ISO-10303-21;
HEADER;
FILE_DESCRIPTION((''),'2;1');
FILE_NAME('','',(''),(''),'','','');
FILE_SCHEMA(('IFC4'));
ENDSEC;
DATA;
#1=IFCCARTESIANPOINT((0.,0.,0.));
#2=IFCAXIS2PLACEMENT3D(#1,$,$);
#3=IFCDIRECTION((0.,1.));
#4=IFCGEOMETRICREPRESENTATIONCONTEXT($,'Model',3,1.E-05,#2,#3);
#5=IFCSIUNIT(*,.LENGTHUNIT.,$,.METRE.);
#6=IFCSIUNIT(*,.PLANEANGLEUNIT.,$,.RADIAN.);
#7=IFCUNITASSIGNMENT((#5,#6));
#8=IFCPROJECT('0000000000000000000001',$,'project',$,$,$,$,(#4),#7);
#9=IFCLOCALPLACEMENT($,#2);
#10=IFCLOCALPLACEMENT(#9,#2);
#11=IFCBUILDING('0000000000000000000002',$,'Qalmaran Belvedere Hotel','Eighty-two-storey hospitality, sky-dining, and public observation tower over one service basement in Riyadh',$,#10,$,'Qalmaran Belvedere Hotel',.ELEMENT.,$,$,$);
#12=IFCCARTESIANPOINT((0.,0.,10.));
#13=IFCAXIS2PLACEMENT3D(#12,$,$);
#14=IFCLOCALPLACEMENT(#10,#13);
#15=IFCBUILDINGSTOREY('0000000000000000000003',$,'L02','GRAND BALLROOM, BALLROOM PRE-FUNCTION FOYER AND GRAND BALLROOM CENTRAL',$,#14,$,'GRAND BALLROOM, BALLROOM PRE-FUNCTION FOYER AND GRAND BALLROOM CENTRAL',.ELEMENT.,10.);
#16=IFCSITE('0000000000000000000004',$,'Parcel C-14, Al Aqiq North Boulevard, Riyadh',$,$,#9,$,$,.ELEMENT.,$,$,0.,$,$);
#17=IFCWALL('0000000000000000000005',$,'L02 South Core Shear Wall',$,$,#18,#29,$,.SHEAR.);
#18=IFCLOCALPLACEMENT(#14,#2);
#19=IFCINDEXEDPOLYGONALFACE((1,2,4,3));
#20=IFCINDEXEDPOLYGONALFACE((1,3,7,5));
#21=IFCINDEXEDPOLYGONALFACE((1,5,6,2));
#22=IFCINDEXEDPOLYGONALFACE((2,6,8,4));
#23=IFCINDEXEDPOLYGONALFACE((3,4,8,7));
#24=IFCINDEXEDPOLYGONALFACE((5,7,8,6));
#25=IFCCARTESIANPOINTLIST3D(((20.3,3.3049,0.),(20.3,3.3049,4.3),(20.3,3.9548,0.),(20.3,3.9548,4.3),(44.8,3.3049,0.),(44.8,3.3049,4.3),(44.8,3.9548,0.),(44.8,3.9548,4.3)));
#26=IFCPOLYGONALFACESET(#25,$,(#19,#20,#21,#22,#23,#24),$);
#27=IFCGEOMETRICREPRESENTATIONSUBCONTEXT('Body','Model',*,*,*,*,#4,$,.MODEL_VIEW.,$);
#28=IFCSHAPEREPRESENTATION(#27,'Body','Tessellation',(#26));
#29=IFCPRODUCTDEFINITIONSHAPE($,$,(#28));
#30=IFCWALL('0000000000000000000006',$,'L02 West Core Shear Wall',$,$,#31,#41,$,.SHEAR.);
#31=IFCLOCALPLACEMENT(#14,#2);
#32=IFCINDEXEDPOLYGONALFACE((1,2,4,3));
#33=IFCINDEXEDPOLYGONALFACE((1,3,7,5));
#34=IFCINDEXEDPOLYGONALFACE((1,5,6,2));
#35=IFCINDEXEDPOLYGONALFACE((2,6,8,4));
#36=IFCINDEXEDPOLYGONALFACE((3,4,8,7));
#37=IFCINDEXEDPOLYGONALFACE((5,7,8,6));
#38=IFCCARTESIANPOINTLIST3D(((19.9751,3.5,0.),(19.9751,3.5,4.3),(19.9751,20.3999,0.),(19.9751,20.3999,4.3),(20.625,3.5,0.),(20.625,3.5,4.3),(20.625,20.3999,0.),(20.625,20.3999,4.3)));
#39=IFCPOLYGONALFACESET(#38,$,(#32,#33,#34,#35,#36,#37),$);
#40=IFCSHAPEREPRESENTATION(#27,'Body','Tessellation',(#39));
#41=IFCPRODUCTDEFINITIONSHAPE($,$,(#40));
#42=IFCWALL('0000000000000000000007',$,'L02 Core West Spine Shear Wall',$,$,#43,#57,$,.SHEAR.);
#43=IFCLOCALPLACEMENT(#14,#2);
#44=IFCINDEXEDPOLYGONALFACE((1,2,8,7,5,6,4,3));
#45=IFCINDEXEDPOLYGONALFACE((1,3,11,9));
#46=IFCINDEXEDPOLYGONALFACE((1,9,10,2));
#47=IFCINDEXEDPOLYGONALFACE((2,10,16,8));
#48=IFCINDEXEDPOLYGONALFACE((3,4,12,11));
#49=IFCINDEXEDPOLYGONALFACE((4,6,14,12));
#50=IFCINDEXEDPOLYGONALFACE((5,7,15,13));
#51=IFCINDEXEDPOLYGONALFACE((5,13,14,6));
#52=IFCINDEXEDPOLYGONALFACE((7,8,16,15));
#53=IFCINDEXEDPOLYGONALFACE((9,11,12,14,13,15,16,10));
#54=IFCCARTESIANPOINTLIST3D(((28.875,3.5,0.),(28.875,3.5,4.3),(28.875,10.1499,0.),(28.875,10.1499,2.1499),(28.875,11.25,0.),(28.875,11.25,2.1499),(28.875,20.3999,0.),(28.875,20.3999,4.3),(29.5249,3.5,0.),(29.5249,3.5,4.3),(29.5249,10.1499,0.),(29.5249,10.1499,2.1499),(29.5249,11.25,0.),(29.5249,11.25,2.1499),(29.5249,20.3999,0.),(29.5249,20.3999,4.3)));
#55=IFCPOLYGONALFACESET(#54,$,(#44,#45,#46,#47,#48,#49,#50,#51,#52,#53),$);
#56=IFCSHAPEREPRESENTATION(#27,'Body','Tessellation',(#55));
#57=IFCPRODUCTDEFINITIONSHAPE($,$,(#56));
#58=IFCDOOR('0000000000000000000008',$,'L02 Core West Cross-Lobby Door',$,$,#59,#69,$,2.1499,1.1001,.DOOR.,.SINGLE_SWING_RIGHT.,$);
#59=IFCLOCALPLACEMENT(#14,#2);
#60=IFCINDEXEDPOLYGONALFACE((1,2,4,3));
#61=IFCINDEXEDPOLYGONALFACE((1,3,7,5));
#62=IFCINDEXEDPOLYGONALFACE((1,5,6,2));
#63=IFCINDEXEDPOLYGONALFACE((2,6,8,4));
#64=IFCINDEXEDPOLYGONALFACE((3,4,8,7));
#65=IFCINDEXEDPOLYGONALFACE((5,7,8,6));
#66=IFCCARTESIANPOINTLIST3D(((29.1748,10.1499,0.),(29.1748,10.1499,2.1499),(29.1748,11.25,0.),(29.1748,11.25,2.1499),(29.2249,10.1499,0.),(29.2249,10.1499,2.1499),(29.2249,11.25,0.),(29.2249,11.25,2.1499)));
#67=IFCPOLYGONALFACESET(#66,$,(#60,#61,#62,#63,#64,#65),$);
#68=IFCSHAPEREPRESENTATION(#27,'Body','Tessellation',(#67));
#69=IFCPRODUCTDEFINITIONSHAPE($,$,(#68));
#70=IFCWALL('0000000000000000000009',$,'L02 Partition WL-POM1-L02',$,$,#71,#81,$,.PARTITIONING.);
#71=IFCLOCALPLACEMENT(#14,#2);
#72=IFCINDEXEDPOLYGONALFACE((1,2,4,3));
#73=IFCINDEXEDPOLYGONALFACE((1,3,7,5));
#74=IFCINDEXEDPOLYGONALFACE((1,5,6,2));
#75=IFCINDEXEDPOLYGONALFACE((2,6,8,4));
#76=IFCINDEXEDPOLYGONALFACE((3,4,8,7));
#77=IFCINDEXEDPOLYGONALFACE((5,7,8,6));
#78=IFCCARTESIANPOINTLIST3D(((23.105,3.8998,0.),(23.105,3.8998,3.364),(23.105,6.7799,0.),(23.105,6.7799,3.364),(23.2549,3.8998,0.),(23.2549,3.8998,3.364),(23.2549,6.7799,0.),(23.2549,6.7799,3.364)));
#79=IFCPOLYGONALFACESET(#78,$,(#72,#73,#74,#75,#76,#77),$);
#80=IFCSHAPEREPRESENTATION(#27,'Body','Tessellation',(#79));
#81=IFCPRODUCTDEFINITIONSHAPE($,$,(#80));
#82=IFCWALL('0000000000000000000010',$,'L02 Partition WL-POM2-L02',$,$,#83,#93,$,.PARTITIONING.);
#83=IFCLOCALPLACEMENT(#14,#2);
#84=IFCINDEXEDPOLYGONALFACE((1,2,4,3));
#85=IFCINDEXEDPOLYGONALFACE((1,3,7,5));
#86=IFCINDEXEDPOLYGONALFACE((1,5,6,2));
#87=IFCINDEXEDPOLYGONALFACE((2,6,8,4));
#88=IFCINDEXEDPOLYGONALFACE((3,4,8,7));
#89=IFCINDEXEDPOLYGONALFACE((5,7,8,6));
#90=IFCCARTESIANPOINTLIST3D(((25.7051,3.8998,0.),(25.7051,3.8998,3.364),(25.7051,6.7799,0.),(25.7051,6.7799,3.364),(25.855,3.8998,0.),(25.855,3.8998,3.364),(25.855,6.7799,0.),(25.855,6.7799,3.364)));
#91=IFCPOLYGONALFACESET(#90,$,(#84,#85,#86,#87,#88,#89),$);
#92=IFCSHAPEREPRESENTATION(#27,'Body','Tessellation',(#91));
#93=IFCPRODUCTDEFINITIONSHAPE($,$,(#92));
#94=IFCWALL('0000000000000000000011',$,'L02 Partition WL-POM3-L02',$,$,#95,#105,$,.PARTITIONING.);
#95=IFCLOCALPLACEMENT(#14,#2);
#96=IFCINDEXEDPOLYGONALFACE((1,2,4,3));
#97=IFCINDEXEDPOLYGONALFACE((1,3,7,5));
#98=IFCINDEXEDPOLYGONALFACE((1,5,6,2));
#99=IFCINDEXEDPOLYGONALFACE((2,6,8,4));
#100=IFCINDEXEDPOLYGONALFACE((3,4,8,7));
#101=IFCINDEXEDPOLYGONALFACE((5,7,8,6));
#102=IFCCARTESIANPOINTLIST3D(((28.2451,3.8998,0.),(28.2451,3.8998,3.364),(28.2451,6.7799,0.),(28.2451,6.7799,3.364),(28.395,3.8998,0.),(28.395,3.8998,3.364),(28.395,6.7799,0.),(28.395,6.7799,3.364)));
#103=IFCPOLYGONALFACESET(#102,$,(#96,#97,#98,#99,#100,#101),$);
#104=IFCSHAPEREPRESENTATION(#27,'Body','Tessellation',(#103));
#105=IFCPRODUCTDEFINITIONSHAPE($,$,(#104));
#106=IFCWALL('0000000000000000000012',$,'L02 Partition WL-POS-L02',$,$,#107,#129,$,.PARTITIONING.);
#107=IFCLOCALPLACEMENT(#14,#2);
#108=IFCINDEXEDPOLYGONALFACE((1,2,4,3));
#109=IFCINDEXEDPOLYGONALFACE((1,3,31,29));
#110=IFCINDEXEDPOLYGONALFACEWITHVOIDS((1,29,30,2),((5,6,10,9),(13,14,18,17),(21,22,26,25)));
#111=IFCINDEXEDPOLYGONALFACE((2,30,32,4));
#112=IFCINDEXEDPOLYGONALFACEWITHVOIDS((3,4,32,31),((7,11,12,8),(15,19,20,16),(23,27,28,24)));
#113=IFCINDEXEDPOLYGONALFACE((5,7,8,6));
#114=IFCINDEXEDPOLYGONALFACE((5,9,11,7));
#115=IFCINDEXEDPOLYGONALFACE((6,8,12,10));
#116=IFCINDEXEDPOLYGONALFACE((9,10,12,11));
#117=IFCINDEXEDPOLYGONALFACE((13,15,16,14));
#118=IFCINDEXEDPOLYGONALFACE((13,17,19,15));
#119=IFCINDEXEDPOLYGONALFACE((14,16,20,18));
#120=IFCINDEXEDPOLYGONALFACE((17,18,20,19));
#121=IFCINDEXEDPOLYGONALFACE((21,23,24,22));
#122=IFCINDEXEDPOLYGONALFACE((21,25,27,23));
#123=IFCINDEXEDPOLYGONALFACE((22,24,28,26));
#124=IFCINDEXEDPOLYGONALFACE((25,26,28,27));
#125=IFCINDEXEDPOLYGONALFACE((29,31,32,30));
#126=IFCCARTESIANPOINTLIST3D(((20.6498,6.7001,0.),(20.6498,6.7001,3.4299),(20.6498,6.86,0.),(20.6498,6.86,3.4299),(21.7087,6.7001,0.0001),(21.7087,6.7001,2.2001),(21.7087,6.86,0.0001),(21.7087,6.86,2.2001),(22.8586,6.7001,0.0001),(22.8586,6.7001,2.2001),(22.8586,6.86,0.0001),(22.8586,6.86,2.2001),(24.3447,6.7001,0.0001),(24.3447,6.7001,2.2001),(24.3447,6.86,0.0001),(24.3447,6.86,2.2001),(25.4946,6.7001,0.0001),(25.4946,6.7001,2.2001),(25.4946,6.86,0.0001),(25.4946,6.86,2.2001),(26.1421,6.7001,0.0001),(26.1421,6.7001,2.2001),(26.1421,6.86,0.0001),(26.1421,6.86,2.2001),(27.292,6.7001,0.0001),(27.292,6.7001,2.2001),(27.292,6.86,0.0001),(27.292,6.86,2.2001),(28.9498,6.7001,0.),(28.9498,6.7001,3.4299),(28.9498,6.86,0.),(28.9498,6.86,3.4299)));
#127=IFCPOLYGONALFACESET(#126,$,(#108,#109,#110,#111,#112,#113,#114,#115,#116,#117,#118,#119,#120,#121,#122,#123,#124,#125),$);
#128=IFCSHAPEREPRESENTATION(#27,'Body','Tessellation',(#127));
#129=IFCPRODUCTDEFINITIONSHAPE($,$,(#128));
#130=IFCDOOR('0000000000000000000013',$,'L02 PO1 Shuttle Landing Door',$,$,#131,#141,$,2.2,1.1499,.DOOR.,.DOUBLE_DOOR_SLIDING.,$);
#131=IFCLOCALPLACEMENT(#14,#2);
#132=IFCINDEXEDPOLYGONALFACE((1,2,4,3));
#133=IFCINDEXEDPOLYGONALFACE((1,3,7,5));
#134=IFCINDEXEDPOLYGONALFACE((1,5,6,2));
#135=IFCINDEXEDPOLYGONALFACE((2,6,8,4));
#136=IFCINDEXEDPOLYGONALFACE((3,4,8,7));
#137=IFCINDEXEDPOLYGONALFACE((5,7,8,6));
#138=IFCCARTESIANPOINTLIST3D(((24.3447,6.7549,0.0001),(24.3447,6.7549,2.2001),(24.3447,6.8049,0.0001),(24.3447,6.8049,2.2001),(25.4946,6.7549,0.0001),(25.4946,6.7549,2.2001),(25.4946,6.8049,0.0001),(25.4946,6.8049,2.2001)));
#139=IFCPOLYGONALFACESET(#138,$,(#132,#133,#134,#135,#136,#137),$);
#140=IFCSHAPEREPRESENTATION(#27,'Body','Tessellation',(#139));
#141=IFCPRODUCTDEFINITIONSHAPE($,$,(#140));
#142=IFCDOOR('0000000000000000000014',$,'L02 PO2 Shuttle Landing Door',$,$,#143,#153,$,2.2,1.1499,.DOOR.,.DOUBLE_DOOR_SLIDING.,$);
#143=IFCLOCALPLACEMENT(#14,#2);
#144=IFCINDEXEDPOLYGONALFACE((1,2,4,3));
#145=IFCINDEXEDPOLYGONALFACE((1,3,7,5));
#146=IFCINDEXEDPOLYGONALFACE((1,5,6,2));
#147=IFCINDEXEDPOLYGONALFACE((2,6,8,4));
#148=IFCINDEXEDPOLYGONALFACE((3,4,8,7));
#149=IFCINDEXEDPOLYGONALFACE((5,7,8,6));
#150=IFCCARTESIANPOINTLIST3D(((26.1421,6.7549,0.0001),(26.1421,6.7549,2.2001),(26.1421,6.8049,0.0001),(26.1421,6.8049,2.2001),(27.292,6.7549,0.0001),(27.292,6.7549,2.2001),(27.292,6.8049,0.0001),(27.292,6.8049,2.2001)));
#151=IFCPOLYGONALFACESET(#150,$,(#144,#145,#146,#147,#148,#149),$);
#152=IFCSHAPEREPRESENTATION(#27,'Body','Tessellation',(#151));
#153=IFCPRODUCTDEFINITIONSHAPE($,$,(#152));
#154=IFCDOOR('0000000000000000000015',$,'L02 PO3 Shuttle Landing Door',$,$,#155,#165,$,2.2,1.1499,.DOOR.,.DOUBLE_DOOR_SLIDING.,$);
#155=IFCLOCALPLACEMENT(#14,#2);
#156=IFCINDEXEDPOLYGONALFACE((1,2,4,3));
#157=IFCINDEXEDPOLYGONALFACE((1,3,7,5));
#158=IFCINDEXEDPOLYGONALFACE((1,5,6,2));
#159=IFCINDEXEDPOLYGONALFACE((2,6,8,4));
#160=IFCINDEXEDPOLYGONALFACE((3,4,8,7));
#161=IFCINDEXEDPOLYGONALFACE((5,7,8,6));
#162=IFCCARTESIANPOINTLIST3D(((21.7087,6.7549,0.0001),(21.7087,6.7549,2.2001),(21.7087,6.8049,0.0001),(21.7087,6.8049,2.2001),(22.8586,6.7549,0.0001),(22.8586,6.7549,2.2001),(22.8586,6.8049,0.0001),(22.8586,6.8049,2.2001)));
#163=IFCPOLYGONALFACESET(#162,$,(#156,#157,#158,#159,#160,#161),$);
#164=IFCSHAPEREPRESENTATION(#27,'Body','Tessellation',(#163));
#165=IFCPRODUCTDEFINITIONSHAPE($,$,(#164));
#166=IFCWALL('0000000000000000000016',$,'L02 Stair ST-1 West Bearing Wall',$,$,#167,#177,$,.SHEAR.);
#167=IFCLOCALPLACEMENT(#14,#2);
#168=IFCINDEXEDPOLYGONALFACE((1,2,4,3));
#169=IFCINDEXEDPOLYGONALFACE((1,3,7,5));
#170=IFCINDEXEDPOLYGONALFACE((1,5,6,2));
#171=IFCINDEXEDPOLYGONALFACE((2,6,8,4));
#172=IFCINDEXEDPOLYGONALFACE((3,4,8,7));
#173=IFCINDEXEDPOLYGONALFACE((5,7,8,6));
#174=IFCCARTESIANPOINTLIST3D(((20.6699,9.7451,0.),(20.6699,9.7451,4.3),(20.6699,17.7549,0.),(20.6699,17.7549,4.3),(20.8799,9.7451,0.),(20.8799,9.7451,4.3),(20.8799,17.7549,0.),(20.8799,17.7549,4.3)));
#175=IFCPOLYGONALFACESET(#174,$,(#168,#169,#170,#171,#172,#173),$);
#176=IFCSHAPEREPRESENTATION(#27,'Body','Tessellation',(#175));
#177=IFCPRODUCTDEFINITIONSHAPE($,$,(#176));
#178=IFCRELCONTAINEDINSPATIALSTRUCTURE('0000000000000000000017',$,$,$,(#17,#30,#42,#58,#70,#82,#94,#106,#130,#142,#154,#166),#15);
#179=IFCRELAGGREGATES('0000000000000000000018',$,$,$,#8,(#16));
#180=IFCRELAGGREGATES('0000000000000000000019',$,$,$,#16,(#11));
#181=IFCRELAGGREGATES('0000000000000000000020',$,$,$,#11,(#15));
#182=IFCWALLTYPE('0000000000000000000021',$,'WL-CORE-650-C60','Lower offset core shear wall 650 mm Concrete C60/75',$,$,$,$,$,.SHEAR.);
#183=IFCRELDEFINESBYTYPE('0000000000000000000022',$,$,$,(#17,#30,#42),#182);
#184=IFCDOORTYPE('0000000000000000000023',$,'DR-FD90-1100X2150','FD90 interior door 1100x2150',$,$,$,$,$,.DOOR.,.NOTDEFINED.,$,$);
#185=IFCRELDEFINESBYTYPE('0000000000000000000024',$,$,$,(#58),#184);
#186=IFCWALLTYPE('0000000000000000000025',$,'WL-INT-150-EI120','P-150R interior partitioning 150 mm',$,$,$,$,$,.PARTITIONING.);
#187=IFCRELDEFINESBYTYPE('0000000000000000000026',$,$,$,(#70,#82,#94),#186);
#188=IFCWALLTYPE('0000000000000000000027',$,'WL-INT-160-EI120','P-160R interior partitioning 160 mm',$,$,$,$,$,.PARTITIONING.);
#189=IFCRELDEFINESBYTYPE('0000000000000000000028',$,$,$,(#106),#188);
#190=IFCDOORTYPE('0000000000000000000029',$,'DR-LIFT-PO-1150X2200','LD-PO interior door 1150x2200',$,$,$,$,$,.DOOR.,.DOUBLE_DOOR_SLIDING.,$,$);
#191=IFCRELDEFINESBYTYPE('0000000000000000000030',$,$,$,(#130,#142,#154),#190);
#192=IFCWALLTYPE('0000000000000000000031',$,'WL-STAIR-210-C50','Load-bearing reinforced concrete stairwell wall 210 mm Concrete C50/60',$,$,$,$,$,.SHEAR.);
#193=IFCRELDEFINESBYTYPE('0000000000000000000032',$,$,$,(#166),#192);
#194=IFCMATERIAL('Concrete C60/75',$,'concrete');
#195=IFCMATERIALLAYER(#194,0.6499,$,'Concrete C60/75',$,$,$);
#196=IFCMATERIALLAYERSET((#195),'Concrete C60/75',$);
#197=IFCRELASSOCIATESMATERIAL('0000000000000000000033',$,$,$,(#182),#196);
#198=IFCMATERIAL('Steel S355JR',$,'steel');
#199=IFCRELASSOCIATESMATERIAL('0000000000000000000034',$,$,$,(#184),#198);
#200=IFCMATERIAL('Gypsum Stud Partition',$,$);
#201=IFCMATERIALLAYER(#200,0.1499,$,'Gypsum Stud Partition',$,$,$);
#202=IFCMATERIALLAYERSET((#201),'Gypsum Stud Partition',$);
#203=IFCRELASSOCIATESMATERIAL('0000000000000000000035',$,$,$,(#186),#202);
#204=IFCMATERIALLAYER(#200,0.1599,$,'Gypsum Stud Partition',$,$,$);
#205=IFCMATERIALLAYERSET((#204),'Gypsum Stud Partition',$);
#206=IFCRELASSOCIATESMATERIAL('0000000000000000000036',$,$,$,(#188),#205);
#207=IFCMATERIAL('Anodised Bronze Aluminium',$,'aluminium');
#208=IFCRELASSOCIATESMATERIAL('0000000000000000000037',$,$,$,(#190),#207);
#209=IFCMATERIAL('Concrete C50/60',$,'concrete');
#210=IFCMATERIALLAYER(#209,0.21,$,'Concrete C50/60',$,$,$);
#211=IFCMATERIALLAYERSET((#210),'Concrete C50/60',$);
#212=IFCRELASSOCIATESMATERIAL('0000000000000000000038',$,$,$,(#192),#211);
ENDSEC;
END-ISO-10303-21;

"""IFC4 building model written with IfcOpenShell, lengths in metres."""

from ifc_helpers import new_model, si_unit, direction, frame, frame_2d, origin, place, context, subcontext, project, spatial, rectangle, extrude, material, layer, layer_set, type_object, element, fill, save


model = new_model("IFC4")

# Units and contexts
model_context = context("Model", 3, precision=1e-05, world=origin(), true_north=direction((0.0, 1.0)))
body_context = subcontext(model_context, "Body", "Model", "MODEL_VIEW")
ifc_project = project(units=[si_unit("LENGTHUNIT", "METRE"), si_unit("PLANEANGLEUNIT", "RADIAN")], contexts=[model_context])

# Site, building, storey
site_placement = place(None, origin())
site = spatial("IfcSite", under=ifc_project, at=site_placement, Name="Parcel C-14, Al Aqiq North Boulevard, Riyadh", CompositionType="ELEMENT", RefElevation=0.0)
building_placement = place(site_placement, origin())
building = spatial("IfcBuilding", under=site, at=building_placement, Name="Qalmaran Belvedere Hotel", Description="Eighty-two-storey hospitality, sky-dining, and public observation tower over one service basement in Riyadh", LongName="Qalmaran Belvedere Hotel", CompositionType="ELEMENT")
storey_placement = place(building_placement, frame((0.0, 0.0, 10.0)))
storey = spatial("IfcBuildingStorey", under=building, at=storey_placement, Name="L02", Description="GRAND BALLROOM, BALLROOM PRE-FUNCTION FOYER AND GRAND BALLROOM CENTRAL", LongName="GRAND BALLROOM, BALLROOM PRE-FUNCTION FOYER AND GRAND BALLROOM CENTRAL", CompositionType="ELEMENT", Elevation=10.0)

# Shared definitions
ifc_material_1 = material(Name="Concrete C60/75", Category="concrete")

# Shared definitions
ifc_material_2 = material(Name="Steel S355JR", Category="steel")

# Shared definitions
ifc_material_3 = material(Name="Anodised Bronze Aluminium", Category="aluminium")

# Walls
ifc_layer_1 = layer(ifc_material_1, 0.6499, Name="Concrete C60/75")
ifc_layer_set_1 = layer_set([ifc_layer_1], Name="Concrete C60/75")
wall_type_1 = type_object("IfcWallType", Name="WL-CORE-650-C60", Description="Lower offset core shear wall 650 mm Concrete C60/75", PredefinedType="SHEAR", material=ifc_layer_set_1)
wall_1_placement = place(storey_placement, frame((20.3, 3.6299, 0.0), z_axis=(0.0, 0.0, 1.0), x_axis=(1.0, 0.0, 0.0)))
element("IfcWall", 1, at=wall_1_placement, inside=storey, type_object=wall_type_1, Name="L02 South Core Shear Wall", PredefinedType="SHEAR", context=body_context, shape_type="SweptSolid", body=[
    extrude(rectangle(XDim=24.5, YDim=0.6499, at=frame_2d((12.25, 0.0))), origin(), (0.0, 0.0, 1.0), 4.3),
])
wall_2_placement = place(storey_placement, frame((20.3, 3.5, 0.0), z_axis=(0.0, 0.0, 1.0), x_axis=(0.0, 1.0, 0.0)))
element("IfcWall", 2, at=wall_2_placement, inside=storey, type_object=wall_type_1, Name="L02 West Core Shear Wall", PredefinedType="SHEAR", context=body_context, shape_type="SweptSolid", body=[
    extrude(rectangle(XDim=16.8999, YDim=0.6499, at=frame_2d((8.45, 0.0))), origin(), (0.0, 0.0, 1.0), 4.3),
])

# Wall, opening, door
wall_3_placement = place(storey_placement, frame((29.2, 3.5, 0.0), z_axis=(0.0, 0.0, 1.0), x_axis=(0.0, 1.0, 0.0)))
wall_3 = element("IfcWall", 3, at=wall_3_placement, inside=storey, type_object=wall_type_1, Name="L02 Core West Spine Shear Wall", PredefinedType="SHEAR", context=body_context, shape_type="SweptSolid", body=[
    extrude(rectangle(XDim=16.8999, YDim=0.6499, at=frame_2d((8.45, 0.0))), origin(), (0.0, 0.0, 1.0), 4.3),
])
opening_1_placement = place(wall_3_placement, frame((7.75, 0.0, 0.0), z_axis=(0.0, 0.0, 1.0), x_axis=(-1.0, 0.0, 0.0)))
opening_1 = element("IfcOpeningElement", 4, at=opening_1_placement, cuts=wall_3, PredefinedType="OPENING", context=body_context, shape_type="SweptSolid", body=[
    extrude(rectangle(XDim=1.1001, YDim=2.1499, at=frame_2d((0.55, 1.075))), frame((0.0, 0.335, 0.0), z_axis=(0.0, -1.0, 0.0), x_axis=(1.0, 0.0, 0.0)), (0.0, 0.0, 1.0), 0.6699),
])
door_type_1 = type_object("IfcDoorType", Name="DR-FD90-1100X2150", Description="FD90 interior door 1100x2150", OperationType="NOTDEFINED", PredefinedType="DOOR", material=ifc_material_2)
door_1_placement = place(opening_1_placement, origin())
door_1 = element("IfcDoor", 5, at=door_1_placement, inside=storey, type_object=door_type_1, Name="L02 Core West Cross-Lobby Door", OperationType="SINGLE_SWING_RIGHT", OverallHeight=2.1499, OverallWidth=1.1001, PredefinedType="DOOR", context=body_context, shape_type="SweptSolid", body=[
    extrude(rectangle(XDim=1.1001, YDim=2.1499, at=frame_2d((0.55, 1.075))), frame((0.0, 0.0249, 0.0), z_axis=(0.0, -1.0, 0.0), x_axis=(1.0, 0.0, 0.0)), (0.0, 0.0, 1.0), 0.05),
])
fill(opening_1, door_1)

# Walls
ifc_material_4 = material(Name="Gypsum Stud Partition")
ifc_layer_2 = layer(ifc_material_4, 0.1499, Name="Gypsum Stud Partition")
ifc_layer_set_2 = layer_set([ifc_layer_2], Name="Gypsum Stud Partition")
wall_type_2 = type_object("IfcWallType", Name="WL-INT-150-EI120", Description="P-150R interior partitioning 150 mm", PredefinedType="PARTITIONING", material=ifc_layer_set_2)
for number, where, z_axis, x_axis, name in (
    (6, (23.1799, 3.8999, 0.0), (0.0, 0.0, 1.0), (0.0, 1.0, 0.0), "L02 Partition WL-POM1-L02"),
    (7, (25.78, 3.8999, 0.0), (0.0, 0.0, 1.0), (0.0, 1.0, 0.0), "L02 Partition WL-POM2-L02"),
    (8, (28.3201, 3.8999, 0.0), (0.0, 0.0, 1.0), (0.0, 1.0, 0.0), "L02 Partition WL-POM3-L02"),
):
    element("IfcWall", number, at=place(storey_placement, frame(where, z_axis=z_axis, x_axis=x_axis)), inside=storey, type_object=wall_type_2, Name=name, PredefinedType="PARTITIONING", context=body_context, shape_type="SweptSolid", body=[
        extrude(rectangle(XDim=2.8801, YDim=0.1499, at=frame_2d((1.4399, 0.0))), origin(), (0.0, 0.0, 1.0), 3.364),
    ])

# Wall, openings, doors
ifc_layer_3 = layer(ifc_material_4, 0.1599, Name="Gypsum Stud Partition")
ifc_layer_set_3 = layer_set([ifc_layer_3], Name="Gypsum Stud Partition")
wall_type_3 = type_object("IfcWallType", Name="WL-INT-160-EI120", Description="P-160R interior partitioning 160 mm", PredefinedType="PARTITIONING", material=ifc_layer_set_3)
wall_4_placement = place(storey_placement, frame((20.6499, 6.78, 0.0), z_axis=(0.0, 0.0, 1.0), x_axis=(1.0, 0.0, 0.0)))
wall_4 = element("IfcWall", 9, at=wall_4_placement, inside=storey, type_object=wall_type_3, Name="L02 Partition WL-POS-L02", PredefinedType="PARTITIONING", context=body_context, shape_type="SweptSolid", body=[
    extrude(rectangle(XDim=8.3, YDim=0.1599, at=frame_2d((4.1499, 0.0))), origin(), (0.0, 0.0, 1.0), 3.4299),
])
opening_2_placement = place(wall_4_placement, frame((3.6948, 0.0, 0.0)))
opening_2 = element("IfcOpeningElement", 10, at=opening_2_placement, cuts=wall_4, PredefinedType="OPENING", context=body_context, shape_type="SweptSolid", body=[
    extrude(rectangle(XDim=1.1499, YDim=2.2, at=frame_2d((0.575, 1.1001))), frame((0.0, 0.0898, 0.0), z_axis=(0.0, -1.0, 0.0), x_axis=(1.0, 0.0, 0.0)), (0.0, 0.0, 1.0), 0.1799),
])
opening_3_placement = place(wall_4_placement, frame((5.4922, 0.0, 0.0)))
opening_3 = element("IfcOpeningElement", 11, at=opening_3_placement, cuts=wall_4, PredefinedType="OPENING", context=body_context, shape_type="SweptSolid", body=[
    extrude(rectangle(XDim=1.1499, YDim=2.2, at=frame_2d((0.575, 1.1001))), frame((0.0, 0.0898, 0.0), z_axis=(0.0, -1.0, 0.0), x_axis=(1.0, 0.0, 0.0)), (0.0, 0.0, 1.0), 0.1799),
])
opening_4_placement = place(wall_4_placement, frame((1.0588, 0.0, 0.0)))
opening_4 = element("IfcOpeningElement", 12, at=opening_4_placement, cuts=wall_4, PredefinedType="OPENING", context=body_context, shape_type="SweptSolid", body=[
    extrude(rectangle(XDim=1.1499, YDim=2.2, at=frame_2d((0.575, 1.1001))), frame((0.0, 0.0898, 0.0), z_axis=(0.0, -1.0, 0.0), x_axis=(1.0, 0.0, 0.0)), (0.0, 0.0, 1.0), 0.1799),
])
door_type_2 = type_object("IfcDoorType", Name="DR-LIFT-PO-1150X2200", Description="LD-PO interior door 1150x2200", OperationType="DOUBLE_DOOR_SLIDING", PredefinedType="DOOR", material=ifc_material_3)
door_2_placement = place(opening_2_placement, origin())
door_2 = element("IfcDoor", 13, at=door_2_placement, inside=storey, type_object=door_type_2, Name="L02 PO1 Shuttle Landing Door", OperationType="DOUBLE_DOOR_SLIDING", OverallHeight=2.2, OverallWidth=1.1499, PredefinedType="DOOR", context=body_context, shape_type="SweptSolid", body=[
    extrude(rectangle(XDim=1.1499, YDim=2.2, at=frame_2d((0.575, 1.1001))), frame((0.0, 0.0249, 0.0), z_axis=(0.0, -1.0, 0.0), x_axis=(1.0, 0.0, 0.0)), (0.0, 0.0, 1.0), 0.05),
])
fill(opening_2, door_2)
door_3_placement = place(opening_3_placement, origin())
door_3 = element("IfcDoor", 14, at=door_3_placement, inside=storey, type_object=door_type_2, Name="L02 PO2 Shuttle Landing Door", OperationType="DOUBLE_DOOR_SLIDING", OverallHeight=2.2, OverallWidth=1.1499, PredefinedType="DOOR", context=body_context, shape_type="SweptSolid", body=[
    extrude(rectangle(XDim=1.1499, YDim=2.2, at=frame_2d((0.575, 1.1001))), frame((0.0, 0.0249, 0.0), z_axis=(0.0, -1.0, 0.0), x_axis=(1.0, 0.0, 0.0)), (0.0, 0.0, 1.0), 0.05),
])
fill(opening_3, door_3)
door_4_placement = place(opening_4_placement, origin())
door_4 = element("IfcDoor", 15, at=door_4_placement, inside=storey, type_object=door_type_2, Name="L02 PO3 Shuttle Landing Door", OperationType="DOUBLE_DOOR_SLIDING", OverallHeight=2.2, OverallWidth=1.1499, PredefinedType="DOOR", context=body_context, shape_type="SweptSolid", body=[
    extrude(rectangle(XDim=1.1499, YDim=2.2, at=frame_2d((0.575, 1.1001))), frame((0.0, 0.0249, 0.0), z_axis=(0.0, -1.0, 0.0), x_axis=(1.0, 0.0, 0.0)), (0.0, 0.0, 1.0), 0.05),
])
fill(opening_4, door_4)

# Wall
ifc_material_5 = material(Name="Concrete C50/60", Category="concrete")
ifc_layer_4 = layer(ifc_material_5, 0.21, Name="Concrete C50/60")
ifc_layer_set_4 = layer_set([ifc_layer_4], Name="Concrete C50/60")
wall_type_4 = type_object("IfcWallType", Name="WL-STAIR-210-C50", Description="Load-bearing reinforced concrete stairwell wall 210 mm Concrete C50/60", PredefinedType="SHEAR", material=ifc_layer_set_4)
for number, where, z_axis, x_axis, name in (
    (16, (20.7749, 9.7451, 0.0), (0.0, 0.0, 1.0), (0.0, 1.0, 0.0), "L02 Stair ST-1 West Bearing Wall"),
):
    element("IfcWall", number, at=place(storey_placement, frame(where, z_axis=z_axis, x_axis=x_axis)), inside=storey, type_object=wall_type_4, Name=name, PredefinedType="SHEAR", context=body_context, shape_type="SweptSolid", body=[
        extrude(rectangle(XDim=8.0098, YDim=0.21, at=frame_2d((4.0049, 0.0))), origin(), (0.0, 0.0, 1.0), 4.3),
    ])

save(model, "model.ifc")
